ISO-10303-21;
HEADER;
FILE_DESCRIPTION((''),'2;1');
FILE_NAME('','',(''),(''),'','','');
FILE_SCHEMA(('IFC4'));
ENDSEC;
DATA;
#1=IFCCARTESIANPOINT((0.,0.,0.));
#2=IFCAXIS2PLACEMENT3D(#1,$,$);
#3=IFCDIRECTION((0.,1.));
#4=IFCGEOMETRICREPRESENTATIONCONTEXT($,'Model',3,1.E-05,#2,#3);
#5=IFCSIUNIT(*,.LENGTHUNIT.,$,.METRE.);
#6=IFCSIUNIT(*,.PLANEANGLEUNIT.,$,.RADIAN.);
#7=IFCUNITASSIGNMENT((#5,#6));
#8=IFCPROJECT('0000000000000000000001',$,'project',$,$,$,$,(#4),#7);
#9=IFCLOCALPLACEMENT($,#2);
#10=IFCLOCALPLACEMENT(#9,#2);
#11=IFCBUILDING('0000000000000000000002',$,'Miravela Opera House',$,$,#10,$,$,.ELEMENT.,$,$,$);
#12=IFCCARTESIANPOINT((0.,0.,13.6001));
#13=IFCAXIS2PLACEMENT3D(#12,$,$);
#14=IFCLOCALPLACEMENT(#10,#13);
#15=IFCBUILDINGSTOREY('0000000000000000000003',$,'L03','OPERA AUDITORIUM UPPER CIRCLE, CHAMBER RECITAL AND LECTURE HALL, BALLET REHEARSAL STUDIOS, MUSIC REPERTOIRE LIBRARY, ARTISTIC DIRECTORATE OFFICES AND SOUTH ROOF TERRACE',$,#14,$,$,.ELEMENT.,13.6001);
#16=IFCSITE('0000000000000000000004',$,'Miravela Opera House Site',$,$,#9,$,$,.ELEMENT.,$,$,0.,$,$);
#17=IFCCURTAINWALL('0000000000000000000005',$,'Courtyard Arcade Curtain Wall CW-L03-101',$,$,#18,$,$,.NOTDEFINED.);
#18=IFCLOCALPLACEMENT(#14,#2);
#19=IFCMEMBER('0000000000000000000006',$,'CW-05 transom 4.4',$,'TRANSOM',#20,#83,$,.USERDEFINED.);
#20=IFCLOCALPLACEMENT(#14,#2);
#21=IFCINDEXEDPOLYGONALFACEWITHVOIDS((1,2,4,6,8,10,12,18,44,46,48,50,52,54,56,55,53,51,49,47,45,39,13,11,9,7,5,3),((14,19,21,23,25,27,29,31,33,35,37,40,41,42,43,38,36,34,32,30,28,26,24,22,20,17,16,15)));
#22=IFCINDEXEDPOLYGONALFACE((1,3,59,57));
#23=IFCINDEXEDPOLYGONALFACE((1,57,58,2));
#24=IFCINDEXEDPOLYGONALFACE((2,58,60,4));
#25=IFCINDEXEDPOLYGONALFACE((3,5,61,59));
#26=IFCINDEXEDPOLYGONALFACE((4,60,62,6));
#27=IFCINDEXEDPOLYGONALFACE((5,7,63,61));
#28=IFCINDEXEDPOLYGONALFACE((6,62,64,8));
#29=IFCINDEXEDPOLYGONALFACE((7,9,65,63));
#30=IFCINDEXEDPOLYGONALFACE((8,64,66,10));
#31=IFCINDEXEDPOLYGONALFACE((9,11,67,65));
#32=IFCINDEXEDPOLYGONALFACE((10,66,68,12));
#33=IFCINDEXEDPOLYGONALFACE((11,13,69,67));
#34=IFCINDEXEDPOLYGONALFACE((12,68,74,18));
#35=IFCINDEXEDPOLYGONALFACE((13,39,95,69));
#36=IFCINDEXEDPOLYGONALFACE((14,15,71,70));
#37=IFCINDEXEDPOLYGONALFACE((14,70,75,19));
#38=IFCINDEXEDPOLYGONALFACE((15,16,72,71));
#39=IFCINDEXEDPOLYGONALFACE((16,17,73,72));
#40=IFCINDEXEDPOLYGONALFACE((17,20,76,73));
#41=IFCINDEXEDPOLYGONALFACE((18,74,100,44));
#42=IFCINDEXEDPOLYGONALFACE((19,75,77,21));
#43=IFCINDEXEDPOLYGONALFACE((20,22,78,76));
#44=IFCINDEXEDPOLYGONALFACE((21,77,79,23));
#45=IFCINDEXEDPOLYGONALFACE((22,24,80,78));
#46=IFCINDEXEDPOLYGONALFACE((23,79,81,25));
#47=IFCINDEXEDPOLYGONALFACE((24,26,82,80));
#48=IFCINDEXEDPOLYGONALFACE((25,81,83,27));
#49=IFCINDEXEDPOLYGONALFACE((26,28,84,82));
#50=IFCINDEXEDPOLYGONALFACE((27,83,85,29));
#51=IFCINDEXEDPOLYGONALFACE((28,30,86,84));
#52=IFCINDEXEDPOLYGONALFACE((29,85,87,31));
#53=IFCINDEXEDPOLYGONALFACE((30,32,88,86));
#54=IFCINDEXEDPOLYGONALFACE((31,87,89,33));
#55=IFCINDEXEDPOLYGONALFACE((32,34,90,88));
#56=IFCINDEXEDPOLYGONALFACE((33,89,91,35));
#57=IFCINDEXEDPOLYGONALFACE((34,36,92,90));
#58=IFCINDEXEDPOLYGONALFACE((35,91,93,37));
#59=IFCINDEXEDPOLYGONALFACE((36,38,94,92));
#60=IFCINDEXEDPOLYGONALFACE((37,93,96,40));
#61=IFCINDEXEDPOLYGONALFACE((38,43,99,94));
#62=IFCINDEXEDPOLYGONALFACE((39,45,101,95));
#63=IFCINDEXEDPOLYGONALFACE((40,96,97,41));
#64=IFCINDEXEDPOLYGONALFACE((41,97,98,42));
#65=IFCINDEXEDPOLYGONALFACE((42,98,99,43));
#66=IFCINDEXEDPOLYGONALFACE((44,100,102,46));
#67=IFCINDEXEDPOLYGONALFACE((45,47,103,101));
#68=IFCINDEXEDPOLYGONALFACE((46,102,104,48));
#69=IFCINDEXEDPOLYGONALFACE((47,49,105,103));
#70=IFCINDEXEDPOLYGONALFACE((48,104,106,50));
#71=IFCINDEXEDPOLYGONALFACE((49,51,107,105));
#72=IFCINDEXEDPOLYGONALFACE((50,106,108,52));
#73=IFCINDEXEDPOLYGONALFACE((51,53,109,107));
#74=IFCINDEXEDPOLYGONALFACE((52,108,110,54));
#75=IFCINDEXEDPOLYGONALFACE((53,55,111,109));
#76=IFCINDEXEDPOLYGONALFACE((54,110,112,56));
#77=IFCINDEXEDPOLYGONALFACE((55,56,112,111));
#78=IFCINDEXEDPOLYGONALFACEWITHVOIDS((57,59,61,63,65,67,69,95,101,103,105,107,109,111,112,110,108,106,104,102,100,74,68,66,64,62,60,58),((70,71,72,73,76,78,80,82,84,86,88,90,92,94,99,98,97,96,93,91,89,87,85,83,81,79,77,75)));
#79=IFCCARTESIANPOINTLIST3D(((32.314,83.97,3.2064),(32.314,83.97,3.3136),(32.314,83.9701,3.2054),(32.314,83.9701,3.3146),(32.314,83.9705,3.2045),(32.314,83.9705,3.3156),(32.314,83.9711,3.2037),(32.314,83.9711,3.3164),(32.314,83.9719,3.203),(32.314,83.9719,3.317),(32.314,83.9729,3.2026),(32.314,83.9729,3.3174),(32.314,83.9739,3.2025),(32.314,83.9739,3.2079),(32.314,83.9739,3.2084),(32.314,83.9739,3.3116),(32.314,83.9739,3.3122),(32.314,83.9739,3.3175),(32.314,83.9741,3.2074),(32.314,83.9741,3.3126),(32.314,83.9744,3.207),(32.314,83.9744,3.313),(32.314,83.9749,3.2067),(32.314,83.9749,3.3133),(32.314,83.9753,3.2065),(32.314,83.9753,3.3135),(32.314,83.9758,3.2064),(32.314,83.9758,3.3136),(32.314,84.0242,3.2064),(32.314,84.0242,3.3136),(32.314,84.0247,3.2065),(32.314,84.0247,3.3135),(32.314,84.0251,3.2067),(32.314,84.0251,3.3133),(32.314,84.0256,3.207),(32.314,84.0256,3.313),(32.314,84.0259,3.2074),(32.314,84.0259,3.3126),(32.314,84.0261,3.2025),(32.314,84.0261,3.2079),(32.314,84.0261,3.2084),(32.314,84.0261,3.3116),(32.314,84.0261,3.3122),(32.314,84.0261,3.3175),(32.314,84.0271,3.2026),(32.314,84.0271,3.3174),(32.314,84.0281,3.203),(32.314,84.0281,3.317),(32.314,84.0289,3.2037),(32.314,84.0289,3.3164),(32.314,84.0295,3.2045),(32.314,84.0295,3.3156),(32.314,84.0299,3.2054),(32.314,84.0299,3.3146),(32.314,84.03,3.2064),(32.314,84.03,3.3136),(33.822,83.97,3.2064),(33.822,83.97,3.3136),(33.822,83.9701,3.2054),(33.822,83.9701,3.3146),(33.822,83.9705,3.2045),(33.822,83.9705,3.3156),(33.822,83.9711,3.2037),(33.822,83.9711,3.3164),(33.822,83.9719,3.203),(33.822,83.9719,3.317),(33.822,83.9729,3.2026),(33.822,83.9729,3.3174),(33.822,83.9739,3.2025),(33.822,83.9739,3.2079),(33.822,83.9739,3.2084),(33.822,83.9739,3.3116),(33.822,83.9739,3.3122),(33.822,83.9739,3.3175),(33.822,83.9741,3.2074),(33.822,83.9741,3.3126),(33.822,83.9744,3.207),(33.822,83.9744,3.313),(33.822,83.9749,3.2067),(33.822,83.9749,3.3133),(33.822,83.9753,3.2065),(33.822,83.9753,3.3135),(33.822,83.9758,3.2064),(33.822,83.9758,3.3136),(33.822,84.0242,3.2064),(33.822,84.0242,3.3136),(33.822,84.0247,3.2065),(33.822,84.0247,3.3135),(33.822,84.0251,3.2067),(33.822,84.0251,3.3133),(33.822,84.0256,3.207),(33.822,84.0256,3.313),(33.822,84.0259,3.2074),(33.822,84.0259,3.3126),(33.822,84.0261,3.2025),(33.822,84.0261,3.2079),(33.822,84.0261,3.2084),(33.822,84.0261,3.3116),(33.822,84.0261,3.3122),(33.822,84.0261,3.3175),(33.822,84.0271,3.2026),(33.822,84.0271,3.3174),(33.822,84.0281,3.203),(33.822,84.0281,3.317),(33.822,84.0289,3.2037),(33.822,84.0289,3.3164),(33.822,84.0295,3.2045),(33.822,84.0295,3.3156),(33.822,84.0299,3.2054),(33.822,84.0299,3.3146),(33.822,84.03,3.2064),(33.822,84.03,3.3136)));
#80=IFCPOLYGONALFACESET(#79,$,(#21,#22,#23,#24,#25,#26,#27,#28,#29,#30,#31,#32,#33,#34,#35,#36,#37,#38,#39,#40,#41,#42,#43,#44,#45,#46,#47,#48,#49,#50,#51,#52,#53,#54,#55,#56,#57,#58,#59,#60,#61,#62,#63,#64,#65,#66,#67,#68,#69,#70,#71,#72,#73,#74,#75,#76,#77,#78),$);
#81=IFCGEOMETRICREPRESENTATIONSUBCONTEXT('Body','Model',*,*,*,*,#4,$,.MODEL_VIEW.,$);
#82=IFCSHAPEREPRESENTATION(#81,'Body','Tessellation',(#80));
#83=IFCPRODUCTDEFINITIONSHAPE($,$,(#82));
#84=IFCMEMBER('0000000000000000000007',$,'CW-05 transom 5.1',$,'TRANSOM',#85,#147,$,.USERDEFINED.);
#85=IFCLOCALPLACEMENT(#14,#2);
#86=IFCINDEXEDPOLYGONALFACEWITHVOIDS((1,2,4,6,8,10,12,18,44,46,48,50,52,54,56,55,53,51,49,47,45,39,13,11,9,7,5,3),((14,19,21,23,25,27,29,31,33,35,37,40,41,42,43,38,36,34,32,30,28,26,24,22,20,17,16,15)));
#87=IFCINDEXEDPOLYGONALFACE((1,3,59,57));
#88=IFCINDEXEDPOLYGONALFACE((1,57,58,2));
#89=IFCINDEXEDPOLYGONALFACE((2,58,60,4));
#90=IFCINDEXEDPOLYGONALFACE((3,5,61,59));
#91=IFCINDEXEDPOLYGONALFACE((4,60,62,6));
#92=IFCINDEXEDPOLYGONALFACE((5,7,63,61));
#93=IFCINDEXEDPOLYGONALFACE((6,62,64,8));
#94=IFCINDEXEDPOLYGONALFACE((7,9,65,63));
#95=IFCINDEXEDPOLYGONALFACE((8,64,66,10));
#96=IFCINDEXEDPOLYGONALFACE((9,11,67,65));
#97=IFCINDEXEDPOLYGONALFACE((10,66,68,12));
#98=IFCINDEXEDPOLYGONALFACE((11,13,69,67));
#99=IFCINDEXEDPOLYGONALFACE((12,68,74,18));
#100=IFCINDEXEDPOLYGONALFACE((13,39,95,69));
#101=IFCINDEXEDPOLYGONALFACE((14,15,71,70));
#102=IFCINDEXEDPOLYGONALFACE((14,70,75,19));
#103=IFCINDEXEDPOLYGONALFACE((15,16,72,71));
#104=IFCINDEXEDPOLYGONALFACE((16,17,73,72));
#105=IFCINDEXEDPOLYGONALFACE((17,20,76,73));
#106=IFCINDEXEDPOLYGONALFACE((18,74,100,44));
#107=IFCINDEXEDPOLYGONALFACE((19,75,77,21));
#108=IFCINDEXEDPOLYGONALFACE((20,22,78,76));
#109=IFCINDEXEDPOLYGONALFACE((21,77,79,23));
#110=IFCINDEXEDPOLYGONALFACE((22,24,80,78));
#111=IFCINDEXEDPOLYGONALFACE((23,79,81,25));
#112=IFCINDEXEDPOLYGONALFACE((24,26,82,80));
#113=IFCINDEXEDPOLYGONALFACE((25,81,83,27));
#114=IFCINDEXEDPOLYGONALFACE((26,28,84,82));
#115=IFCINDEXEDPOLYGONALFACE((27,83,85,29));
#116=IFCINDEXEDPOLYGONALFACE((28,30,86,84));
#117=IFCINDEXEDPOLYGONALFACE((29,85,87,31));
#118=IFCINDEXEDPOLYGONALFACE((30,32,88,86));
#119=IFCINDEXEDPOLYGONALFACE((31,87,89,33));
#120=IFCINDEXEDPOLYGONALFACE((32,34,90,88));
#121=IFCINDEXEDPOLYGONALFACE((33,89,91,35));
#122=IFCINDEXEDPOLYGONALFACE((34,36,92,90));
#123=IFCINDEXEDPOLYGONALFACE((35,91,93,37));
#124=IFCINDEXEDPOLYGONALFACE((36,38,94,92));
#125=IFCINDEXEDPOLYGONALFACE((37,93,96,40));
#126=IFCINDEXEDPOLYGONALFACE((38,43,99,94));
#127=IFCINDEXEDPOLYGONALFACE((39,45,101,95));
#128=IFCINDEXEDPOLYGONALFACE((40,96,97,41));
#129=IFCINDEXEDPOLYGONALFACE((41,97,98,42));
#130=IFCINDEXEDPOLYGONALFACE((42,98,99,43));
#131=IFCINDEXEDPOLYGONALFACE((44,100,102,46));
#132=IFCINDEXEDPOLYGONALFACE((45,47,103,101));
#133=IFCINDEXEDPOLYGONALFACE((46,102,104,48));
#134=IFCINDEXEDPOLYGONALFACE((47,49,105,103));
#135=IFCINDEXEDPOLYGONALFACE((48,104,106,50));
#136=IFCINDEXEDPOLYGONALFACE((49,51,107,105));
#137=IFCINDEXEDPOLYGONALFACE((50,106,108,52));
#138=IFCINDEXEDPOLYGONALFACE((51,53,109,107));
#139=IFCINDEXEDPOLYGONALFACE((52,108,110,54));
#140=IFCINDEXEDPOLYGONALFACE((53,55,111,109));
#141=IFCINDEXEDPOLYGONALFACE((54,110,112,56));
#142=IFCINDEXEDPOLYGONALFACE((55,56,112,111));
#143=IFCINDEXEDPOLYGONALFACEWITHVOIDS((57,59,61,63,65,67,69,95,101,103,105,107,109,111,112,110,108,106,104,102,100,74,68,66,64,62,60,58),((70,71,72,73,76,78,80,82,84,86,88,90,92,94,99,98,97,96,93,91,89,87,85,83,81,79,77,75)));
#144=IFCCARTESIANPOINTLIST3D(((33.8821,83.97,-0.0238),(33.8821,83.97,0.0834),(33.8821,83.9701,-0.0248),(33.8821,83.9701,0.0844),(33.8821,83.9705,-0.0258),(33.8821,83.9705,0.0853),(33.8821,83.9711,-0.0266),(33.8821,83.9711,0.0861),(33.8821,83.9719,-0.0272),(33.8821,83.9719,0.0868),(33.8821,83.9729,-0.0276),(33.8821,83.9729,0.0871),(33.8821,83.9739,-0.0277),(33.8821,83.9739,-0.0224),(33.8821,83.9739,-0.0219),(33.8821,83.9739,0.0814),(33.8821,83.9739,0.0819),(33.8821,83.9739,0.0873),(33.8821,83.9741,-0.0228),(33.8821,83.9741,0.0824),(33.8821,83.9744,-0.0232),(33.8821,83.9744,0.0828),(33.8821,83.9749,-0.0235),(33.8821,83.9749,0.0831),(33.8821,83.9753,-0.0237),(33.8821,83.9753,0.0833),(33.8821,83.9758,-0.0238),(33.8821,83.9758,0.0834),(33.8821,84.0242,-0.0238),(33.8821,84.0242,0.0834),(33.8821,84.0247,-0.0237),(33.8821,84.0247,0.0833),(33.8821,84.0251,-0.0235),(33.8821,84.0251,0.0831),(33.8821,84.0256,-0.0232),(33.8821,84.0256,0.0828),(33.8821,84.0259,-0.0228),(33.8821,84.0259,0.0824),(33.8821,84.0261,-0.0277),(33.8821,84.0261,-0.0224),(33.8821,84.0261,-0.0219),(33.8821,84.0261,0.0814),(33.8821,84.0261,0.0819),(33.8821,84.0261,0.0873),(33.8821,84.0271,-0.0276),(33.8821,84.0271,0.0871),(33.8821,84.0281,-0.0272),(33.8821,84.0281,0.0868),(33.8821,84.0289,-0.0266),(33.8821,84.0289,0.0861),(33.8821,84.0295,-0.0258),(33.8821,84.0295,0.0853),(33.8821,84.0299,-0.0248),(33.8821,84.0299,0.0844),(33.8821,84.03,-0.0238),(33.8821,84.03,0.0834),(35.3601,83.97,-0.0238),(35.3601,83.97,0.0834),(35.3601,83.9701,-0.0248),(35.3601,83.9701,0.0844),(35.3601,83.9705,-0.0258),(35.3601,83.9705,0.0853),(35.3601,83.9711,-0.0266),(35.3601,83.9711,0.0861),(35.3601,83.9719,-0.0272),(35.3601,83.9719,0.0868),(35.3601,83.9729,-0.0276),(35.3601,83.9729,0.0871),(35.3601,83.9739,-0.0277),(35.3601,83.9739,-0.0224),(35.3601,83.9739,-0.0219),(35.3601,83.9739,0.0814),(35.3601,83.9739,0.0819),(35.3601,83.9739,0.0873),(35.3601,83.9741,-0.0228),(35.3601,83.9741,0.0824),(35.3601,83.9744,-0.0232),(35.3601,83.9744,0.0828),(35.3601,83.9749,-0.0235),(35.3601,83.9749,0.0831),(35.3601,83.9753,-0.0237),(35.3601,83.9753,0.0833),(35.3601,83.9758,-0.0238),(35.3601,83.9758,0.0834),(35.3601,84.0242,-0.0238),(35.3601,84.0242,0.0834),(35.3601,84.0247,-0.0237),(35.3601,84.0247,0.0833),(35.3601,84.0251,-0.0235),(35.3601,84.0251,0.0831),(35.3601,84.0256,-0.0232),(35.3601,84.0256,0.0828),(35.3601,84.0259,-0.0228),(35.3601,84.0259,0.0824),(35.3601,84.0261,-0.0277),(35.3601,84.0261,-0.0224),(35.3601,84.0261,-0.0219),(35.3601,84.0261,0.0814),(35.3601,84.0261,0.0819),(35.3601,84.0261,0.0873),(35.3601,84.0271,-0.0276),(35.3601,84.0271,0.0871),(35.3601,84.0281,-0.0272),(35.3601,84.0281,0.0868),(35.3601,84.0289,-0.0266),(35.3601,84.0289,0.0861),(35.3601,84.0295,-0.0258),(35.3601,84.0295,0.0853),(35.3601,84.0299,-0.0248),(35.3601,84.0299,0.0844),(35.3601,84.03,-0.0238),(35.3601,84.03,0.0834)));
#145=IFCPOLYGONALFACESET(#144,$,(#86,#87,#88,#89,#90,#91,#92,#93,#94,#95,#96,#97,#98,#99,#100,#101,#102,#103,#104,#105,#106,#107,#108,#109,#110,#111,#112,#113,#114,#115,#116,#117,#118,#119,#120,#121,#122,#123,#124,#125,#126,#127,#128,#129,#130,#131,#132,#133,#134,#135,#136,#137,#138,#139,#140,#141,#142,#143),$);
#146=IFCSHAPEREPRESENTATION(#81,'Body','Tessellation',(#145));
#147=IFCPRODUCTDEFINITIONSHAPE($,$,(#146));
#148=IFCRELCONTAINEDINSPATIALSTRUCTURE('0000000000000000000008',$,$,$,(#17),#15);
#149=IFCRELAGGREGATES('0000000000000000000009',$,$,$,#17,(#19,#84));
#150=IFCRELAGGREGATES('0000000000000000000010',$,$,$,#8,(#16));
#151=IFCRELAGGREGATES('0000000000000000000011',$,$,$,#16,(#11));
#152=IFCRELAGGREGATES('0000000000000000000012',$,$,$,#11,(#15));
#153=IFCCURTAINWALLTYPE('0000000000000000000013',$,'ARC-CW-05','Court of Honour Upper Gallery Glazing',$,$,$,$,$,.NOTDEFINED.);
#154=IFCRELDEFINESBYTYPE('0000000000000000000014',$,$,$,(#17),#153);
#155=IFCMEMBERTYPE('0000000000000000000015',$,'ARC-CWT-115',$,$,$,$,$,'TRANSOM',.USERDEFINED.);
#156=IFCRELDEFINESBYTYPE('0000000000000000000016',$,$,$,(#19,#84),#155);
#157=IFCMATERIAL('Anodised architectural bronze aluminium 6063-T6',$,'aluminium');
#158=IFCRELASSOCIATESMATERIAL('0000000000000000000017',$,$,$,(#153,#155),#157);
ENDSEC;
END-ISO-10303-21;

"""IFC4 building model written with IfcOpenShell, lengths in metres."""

from ifc_helpers import new_model, si_unit, direction, frame, origin, origin_2d, place, context, subcontext, project, spatial, hollow_rectangle, extrude, material, material_profile, profile_set, type_object, element, aggregate, save


model = new_model("IFC4")

# Units and contexts
model_context = context("Model", 3, precision=1e-05, world=origin(), true_north=direction((0.0, 1.0)))
body_context = subcontext(model_context, "Body", "Model", "MODEL_VIEW")
ifc_project = project(units=[si_unit("LENGTHUNIT", "METRE"), si_unit("PLANEANGLEUNIT", "RADIAN")], contexts=[model_context])

# Site, building, storey
site_placement = place(None, origin())
site = spatial("IfcSite", under=ifc_project, at=site_placement, Name="Miravela Opera House Site", CompositionType="ELEMENT", RefElevation=0.0)
building_placement = place(site_placement, origin())
building = spatial("IfcBuilding", under=site, at=building_placement, Name="Miravela Opera House", CompositionType="ELEMENT")
storey_placement = place(building_placement, frame((0.0, 0.0, 13.6001)))
storey = spatial("IfcBuildingStorey", under=building, at=storey_placement, Name="L03", Description="OPERA AUDITORIUM UPPER CIRCLE, CHAMBER RECITAL AND LECTURE HALL, BALLET REHEARSAL STUDIOS, MUSIC REPERTOIRE LIBRARY, ARTISTIC DIRECTORATE OFFICES AND SOUTH ROOF TERRACE", CompositionType="ELEMENT", Elevation=13.6001)

# Curtain wall
ifc_material_1 = material(Name="Anodised architectural bronze aluminium 6063-T6", Category="aluminium")
curtain_wall_type = type_object("IfcCurtainWallType", Name="ARC-CW-05", Description="Court of Honour Upper Gallery Glazing", PredefinedType="NOTDEFINED", material=ifc_material_1)
curtain_wall_1_placement = place(storey_placement, origin())
curtain_wall_1 = element("IfcCurtainWall", 1, at=curtain_wall_1_placement, inside=storey, type_object=curtain_wall_type, Name="Courtyard Arcade Curtain Wall CW-L03-101", PredefinedType="NOTDEFINED")

# Members
ifc_material_profile_1 = material_profile(ifc_material_1, hollow_rectangle(XDim=0.0601, YDim=0.115, WallThickness=0.0039, InnerFilletRadius=0.002, OuterFilletRadius=0.0039, at=origin_2d()), Name="CWT-60X115")
ifc_profile_set_1 = profile_set([ifc_material_profile_1])
member_type_1 = type_object("IfcMemberType", Name="ARC-CWT-115", ElementType="TRANSOM", PredefinedType="USERDEFINED", material=ifc_profile_set_1)
member_1_placement = place(storey_placement, frame((32.314, 84.0, 3.26), z_axis=(1.0, 0.0, 0.0), x_axis=(0.0, 1.0, 0.0)))
member_1 = element("IfcMember", 2, at=member_1_placement, type_object=member_type_1, Name="CW-05 transom 4.4", ObjectType="TRANSOM", PredefinedType="USERDEFINED", context=body_context, shape_type="SweptSolid", body=[
    extrude(hollow_rectangle(XDim=0.0601, YDim=0.115, WallThickness=0.0039, InnerFilletRadius=0.002, OuterFilletRadius=0.0039, at=origin_2d()), origin(), (0.0, 0.0, 1.0), 1.5081),
])
member_2_placement = place(storey_placement, frame((33.8821, 84.0, 0.0298), z_axis=(1.0, 0.0, 0.0), x_axis=(0.0, 1.0, 0.0)))
member_2 = element("IfcMember", 3, at=member_2_placement, type_object=member_type_1, Name="CW-05 transom 5.1", ObjectType="TRANSOM", PredefinedType="USERDEFINED", context=body_context, shape_type="SweptSolid", body=[
    extrude(hollow_rectangle(XDim=0.0601, YDim=0.115, WallThickness=0.0039, InnerFilletRadius=0.002, OuterFilletRadius=0.0039, at=origin_2d()), origin(), (0.0, 0.0, 1.0), 1.478),
])

aggregate(curtain_wall_1, [member_1, member_2])

save(model, "model.ifc")
